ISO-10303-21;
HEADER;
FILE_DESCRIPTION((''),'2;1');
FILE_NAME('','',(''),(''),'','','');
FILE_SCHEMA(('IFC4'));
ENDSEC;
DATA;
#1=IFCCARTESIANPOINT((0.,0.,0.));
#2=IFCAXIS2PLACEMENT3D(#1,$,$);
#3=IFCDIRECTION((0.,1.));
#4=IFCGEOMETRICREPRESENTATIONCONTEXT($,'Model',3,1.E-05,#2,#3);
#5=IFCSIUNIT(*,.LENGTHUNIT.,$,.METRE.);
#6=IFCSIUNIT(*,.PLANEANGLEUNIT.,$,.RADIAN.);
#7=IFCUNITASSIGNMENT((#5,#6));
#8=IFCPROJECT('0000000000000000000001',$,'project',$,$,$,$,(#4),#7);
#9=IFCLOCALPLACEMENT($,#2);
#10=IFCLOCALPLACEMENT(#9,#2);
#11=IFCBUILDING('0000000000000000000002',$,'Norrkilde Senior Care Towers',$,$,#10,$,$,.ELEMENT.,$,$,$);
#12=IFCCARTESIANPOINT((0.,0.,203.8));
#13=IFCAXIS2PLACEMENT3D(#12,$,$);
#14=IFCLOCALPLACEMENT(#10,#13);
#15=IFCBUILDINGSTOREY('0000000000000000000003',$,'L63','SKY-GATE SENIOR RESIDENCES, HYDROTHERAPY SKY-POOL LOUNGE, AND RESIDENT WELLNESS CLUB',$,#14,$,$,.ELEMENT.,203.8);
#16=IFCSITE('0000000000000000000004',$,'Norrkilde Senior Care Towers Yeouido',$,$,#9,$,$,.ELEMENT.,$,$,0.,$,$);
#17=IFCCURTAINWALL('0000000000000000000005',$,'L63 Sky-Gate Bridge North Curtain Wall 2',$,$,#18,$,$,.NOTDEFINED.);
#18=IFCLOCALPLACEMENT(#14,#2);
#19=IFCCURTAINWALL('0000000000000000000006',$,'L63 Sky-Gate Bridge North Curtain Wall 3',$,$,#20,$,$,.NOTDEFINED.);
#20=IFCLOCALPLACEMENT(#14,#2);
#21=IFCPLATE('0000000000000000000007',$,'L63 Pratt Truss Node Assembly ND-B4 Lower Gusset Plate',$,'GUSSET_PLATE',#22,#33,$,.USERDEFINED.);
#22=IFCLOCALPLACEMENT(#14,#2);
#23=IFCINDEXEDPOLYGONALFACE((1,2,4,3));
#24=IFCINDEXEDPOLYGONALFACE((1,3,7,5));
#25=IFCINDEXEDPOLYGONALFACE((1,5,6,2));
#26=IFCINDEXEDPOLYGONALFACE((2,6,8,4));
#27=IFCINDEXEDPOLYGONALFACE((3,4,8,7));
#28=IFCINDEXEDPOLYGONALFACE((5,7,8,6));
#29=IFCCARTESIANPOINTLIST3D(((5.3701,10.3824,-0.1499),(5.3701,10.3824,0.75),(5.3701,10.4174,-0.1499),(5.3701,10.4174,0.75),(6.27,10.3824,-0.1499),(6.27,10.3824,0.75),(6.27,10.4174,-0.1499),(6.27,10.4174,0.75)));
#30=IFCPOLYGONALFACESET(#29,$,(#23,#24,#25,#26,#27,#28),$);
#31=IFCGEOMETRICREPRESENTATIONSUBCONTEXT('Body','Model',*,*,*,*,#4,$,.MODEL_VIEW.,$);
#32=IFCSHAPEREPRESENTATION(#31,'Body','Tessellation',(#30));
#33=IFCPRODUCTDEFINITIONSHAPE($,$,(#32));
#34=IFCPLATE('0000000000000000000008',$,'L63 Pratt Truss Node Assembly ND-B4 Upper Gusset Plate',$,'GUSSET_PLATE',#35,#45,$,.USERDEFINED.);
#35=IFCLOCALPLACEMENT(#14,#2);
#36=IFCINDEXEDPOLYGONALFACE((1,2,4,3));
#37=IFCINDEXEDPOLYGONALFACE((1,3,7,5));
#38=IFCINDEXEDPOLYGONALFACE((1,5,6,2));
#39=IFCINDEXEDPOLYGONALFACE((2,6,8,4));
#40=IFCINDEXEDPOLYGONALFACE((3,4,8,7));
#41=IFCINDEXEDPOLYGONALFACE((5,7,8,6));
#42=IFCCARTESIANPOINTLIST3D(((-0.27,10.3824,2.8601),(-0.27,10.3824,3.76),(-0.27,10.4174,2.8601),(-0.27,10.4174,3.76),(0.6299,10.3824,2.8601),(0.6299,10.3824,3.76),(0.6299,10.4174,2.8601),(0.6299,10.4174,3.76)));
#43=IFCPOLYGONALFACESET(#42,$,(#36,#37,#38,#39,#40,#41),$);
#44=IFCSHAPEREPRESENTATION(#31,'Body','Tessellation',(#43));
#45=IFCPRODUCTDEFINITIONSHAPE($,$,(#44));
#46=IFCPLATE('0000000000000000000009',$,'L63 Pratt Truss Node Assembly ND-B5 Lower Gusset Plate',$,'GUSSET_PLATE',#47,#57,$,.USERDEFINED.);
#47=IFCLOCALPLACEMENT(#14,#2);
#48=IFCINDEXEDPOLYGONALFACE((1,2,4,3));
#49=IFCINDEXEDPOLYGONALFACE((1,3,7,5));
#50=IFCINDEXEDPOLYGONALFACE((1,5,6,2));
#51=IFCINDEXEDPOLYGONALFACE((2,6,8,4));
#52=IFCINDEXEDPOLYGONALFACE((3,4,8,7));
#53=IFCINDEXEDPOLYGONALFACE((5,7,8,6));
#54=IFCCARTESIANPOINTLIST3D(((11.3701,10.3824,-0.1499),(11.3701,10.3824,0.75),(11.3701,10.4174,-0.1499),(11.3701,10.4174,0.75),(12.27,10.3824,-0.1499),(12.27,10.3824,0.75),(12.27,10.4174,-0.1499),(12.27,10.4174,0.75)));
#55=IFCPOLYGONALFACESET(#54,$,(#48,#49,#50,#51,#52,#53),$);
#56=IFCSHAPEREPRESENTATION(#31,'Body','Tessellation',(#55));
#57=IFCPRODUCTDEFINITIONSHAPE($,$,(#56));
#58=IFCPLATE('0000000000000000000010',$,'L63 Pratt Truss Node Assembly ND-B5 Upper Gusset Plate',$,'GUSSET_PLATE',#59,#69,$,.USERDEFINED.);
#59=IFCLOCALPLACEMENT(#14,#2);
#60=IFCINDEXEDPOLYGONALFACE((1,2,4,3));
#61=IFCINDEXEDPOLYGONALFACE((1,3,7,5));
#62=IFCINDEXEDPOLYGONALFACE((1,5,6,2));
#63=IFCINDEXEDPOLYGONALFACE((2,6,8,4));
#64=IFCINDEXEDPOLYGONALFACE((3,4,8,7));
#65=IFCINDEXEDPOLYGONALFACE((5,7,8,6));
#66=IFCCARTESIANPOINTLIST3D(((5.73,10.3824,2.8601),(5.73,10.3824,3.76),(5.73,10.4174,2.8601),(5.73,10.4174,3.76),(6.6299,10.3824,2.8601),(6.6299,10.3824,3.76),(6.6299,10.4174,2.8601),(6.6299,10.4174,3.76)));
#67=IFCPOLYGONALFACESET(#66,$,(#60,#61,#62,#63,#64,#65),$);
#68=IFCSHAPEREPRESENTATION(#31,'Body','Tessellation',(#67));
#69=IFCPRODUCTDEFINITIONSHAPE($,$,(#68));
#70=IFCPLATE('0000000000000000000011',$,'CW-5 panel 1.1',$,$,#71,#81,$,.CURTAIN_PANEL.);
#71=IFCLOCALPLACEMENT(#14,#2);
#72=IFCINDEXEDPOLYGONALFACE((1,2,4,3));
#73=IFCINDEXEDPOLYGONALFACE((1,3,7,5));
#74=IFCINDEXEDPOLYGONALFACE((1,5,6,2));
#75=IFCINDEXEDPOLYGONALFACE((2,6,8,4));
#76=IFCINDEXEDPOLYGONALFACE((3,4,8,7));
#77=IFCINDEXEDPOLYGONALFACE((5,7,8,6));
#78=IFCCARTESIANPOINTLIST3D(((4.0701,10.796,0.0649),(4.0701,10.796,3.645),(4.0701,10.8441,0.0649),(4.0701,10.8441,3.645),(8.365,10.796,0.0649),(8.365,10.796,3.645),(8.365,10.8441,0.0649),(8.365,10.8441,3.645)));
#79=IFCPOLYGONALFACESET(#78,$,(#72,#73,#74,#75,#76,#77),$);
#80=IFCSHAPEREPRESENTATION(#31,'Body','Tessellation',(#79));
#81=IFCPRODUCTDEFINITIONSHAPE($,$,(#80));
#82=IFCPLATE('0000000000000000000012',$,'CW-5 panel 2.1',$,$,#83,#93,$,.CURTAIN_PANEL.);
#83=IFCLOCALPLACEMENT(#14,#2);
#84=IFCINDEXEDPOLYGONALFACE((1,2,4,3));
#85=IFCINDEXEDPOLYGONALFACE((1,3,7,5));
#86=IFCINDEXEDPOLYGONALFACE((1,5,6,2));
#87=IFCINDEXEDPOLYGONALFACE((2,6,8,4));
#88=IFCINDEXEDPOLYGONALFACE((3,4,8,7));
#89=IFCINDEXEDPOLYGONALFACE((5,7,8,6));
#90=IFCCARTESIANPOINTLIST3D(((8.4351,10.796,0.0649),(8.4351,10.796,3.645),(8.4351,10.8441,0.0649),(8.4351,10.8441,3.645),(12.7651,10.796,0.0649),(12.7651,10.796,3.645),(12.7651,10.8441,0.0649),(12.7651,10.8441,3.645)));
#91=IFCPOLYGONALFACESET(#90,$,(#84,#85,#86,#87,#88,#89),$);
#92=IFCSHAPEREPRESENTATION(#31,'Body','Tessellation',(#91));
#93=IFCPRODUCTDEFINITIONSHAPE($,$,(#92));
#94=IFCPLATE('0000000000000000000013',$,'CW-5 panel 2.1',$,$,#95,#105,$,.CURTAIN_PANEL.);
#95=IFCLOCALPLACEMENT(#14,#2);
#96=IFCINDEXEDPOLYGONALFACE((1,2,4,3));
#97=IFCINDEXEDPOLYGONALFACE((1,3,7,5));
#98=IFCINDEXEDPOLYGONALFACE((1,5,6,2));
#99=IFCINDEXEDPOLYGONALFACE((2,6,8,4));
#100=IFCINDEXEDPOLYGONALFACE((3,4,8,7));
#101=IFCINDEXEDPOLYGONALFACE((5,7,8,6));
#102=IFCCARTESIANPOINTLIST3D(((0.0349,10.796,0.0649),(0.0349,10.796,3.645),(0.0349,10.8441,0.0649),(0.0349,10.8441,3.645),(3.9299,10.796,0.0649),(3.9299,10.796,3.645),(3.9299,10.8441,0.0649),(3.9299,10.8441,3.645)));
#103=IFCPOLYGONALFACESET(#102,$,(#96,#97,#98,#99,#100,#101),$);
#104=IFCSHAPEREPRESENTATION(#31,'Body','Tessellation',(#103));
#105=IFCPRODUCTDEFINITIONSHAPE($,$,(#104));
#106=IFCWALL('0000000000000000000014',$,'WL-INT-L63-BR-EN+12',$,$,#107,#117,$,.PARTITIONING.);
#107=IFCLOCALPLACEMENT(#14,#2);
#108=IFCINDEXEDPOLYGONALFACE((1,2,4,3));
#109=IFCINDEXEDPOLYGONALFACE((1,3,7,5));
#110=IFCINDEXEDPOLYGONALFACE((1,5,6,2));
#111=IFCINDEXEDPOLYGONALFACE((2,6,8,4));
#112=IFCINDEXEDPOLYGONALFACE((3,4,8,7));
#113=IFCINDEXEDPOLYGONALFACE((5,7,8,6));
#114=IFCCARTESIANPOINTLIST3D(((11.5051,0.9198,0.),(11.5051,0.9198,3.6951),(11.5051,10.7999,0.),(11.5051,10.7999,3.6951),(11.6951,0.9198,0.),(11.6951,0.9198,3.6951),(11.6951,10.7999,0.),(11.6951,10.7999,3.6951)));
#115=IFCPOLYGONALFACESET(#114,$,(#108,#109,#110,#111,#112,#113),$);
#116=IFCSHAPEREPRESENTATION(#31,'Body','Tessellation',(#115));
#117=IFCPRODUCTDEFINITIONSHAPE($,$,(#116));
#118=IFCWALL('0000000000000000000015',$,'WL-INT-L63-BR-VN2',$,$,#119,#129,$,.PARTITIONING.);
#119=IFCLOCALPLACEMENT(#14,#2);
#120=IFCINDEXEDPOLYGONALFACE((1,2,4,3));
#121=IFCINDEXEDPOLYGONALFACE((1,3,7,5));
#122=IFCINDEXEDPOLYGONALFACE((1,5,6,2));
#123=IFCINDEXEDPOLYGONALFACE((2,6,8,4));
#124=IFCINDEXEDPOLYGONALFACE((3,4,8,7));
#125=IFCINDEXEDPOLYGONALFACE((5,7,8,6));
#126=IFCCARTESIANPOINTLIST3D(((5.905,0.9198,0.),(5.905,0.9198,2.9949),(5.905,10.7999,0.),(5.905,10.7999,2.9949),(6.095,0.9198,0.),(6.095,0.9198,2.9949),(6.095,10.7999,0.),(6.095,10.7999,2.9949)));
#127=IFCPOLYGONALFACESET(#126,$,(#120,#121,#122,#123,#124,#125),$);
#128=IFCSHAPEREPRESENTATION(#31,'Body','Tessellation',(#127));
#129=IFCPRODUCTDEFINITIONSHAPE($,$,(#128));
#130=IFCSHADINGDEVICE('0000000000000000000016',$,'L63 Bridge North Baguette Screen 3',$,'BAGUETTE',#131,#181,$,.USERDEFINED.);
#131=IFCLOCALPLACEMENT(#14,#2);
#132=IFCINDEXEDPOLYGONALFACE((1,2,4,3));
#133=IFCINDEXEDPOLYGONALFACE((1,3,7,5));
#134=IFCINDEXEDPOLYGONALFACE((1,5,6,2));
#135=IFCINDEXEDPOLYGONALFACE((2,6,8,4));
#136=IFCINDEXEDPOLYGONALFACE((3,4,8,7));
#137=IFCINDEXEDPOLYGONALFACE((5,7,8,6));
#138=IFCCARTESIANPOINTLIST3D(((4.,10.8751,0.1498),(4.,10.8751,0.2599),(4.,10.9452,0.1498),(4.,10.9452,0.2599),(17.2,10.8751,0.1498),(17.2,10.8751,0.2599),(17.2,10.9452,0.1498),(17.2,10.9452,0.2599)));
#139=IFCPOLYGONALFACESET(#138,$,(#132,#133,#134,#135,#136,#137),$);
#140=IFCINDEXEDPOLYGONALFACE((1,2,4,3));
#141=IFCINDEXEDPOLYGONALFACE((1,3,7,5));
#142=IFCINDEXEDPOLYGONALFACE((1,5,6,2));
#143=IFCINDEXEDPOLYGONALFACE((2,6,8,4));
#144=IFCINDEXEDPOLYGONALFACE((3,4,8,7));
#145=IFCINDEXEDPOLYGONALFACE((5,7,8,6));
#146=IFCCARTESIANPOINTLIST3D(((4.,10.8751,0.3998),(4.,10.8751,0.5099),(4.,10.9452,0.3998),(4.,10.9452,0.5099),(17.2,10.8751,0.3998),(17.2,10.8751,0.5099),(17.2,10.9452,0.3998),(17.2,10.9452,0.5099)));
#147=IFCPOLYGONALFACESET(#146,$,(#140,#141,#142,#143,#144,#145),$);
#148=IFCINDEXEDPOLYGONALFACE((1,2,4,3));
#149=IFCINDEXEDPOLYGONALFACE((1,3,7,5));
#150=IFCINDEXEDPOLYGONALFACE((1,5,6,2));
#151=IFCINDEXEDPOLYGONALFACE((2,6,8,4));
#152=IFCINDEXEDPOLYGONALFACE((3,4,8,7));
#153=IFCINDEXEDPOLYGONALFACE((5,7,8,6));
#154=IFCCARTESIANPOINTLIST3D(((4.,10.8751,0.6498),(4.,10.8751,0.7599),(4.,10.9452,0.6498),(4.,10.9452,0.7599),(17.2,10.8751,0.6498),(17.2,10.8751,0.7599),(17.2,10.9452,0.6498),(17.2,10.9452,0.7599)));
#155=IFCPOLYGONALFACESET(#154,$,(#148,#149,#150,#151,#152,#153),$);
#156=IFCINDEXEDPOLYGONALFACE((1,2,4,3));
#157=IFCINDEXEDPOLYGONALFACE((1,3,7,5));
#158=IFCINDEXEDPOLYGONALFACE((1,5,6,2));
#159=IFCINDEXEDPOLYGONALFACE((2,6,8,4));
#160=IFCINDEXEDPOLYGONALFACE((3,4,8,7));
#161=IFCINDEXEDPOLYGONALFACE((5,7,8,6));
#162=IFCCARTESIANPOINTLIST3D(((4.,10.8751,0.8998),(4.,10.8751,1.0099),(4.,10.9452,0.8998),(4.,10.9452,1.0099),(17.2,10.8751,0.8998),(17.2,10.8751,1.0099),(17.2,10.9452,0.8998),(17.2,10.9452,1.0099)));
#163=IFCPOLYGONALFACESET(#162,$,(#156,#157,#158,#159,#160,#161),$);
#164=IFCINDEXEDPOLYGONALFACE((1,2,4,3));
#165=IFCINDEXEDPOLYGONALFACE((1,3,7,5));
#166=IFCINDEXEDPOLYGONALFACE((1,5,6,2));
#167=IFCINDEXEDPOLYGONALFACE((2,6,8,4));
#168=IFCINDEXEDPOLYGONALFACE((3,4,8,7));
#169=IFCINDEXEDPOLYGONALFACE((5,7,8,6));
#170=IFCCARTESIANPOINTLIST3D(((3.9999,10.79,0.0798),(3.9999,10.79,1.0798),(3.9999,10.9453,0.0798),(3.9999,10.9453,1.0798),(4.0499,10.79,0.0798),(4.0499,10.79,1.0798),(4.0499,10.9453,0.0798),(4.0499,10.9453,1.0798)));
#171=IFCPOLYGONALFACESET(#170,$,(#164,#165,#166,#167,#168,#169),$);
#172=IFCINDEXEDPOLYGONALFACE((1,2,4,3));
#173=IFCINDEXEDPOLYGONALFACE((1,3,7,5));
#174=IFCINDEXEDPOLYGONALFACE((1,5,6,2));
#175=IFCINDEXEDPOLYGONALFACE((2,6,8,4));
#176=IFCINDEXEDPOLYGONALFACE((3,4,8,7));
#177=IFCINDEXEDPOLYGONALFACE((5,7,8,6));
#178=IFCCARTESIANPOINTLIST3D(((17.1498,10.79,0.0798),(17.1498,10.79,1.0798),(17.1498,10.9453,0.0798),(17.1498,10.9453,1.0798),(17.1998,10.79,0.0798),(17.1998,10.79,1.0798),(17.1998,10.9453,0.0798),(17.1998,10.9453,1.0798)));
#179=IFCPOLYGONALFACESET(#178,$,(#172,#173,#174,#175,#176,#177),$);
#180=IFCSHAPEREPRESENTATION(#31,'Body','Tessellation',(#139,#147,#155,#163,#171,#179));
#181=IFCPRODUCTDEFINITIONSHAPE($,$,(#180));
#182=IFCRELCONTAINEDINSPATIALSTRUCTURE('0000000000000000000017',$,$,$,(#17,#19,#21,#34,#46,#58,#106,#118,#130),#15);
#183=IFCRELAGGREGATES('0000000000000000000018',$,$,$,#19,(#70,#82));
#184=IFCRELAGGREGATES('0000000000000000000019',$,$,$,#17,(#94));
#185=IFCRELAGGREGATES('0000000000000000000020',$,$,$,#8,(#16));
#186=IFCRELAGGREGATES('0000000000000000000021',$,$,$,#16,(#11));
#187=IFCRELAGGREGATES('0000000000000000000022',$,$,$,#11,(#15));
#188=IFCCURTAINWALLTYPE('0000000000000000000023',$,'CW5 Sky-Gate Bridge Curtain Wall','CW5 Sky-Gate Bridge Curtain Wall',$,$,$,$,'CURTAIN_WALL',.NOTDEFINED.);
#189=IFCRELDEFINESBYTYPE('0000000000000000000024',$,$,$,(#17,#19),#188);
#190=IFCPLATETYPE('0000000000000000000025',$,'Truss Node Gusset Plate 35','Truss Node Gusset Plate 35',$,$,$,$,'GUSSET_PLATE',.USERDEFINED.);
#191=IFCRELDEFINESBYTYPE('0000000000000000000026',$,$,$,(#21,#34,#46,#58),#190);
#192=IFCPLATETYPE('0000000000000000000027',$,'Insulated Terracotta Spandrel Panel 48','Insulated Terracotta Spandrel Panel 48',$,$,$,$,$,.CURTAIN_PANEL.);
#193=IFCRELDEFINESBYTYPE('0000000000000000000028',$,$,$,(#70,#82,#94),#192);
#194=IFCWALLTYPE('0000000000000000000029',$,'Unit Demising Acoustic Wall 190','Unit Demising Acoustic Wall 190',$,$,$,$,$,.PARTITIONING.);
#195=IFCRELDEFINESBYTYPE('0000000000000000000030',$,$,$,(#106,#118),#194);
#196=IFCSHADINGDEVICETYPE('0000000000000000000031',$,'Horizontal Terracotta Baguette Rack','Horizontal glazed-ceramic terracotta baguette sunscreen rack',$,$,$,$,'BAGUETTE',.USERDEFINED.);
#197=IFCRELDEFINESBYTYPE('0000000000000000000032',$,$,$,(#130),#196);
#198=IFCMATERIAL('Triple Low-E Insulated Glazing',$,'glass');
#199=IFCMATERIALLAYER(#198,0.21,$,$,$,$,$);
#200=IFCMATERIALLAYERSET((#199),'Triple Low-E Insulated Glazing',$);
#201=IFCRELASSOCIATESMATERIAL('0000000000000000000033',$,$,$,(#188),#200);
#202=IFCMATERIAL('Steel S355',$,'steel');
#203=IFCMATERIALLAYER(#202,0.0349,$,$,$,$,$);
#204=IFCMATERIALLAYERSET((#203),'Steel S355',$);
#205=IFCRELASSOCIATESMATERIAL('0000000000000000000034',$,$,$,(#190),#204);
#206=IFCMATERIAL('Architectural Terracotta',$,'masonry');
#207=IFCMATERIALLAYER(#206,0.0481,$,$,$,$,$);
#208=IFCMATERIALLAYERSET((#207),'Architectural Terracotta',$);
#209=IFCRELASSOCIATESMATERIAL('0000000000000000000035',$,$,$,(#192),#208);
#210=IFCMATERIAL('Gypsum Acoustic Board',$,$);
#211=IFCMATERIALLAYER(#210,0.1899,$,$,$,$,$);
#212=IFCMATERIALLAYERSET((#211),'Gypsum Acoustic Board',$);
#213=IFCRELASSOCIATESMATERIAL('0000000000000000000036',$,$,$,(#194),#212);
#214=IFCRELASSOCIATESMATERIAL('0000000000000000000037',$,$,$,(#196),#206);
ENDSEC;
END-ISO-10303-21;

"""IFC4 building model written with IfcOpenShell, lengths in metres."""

from ifc_helpers import new_model, si_unit, direction, frame, frame_2d, origin, origin_2d, place, context, subcontext, project, spatial, rectangle, extrude, source, transform, mapped, material, layer, layer_set, type_object, type_shapes, element, aggregate, save


model = new_model("IFC4")

# Units and contexts
model_context = context("Model", 3, precision=1e-05, world=origin(), true_north=direction((0.0, 1.0)))
body_context = subcontext(model_context, "Body", "Model", "MODEL_VIEW")
ifc_project = project(units=[si_unit("LENGTHUNIT", "METRE"), si_unit("PLANEANGLEUNIT", "RADIAN")], contexts=[model_context])

# Site, building, storey
site_placement = place(None, origin())
site = spatial("IfcSite", under=ifc_project, at=site_placement, Name="Norrkilde Senior Care Towers Yeouido", CompositionType="ELEMENT", RefElevation=0.0)
building_placement = place(site_placement, origin())
building = spatial("IfcBuilding", under=site, at=building_placement, Name="Norrkilde Senior Care Towers", CompositionType="ELEMENT")
storey_placement = place(building_placement, frame((0.0, 0.0, 203.8)))
storey = spatial("IfcBuildingStorey", under=building, at=storey_placement, Name="L63", Description="SKY-GATE SENIOR RESIDENCES, HYDROTHERAPY SKY-POOL LOUNGE, AND RESIDENT WELLNESS CLUB", CompositionType="ELEMENT", Elevation=203.8)

# Shared definitions
ifc_material_1 = material(Name="Steel S355", Category="steel")

# Curtain wall
ifc_material_2 = material(Name="Triple Low-E Insulated Glazing", Category="glass")
ifc_layer_1 = layer(ifc_material_2, 0.21)
ifc_layer_set_1 = layer_set([ifc_layer_1], Name="Triple Low-E Insulated Glazing")
curtain_wall_type = type_object("IfcCurtainWallType", Name="CW5 Sky-Gate Bridge Curtain Wall", Description="CW5 Sky-Gate Bridge Curtain Wall", ElementType="CURTAIN_WALL", PredefinedType="NOTDEFINED", material=ifc_layer_set_1)
curtain_wall_1_placement = place(storey_placement, origin())
curtain_wall_1 = element("IfcCurtainWall", 1, at=curtain_wall_1_placement, inside=storey, type_object=curtain_wall_type, Name="L63 Sky-Gate Bridge North Curtain Wall 2", PredefinedType="NOTDEFINED")

# Curtain wall
curtain_wall_2_placement = place(storey_placement, origin())
curtain_wall_2 = element("IfcCurtainWall", 2, at=curtain_wall_2_placement, inside=storey, type_object=curtain_wall_type, Name="L63 Sky-Gate Bridge North Curtain Wall 3", PredefinedType="NOTDEFINED")

# Plates
ifc_layer_2 = layer(ifc_material_1, 0.0349)
ifc_layer_set_2 = layer_set([ifc_layer_2], Name="Steel S355")
plate_type_1 = type_object("IfcPlateType", Name="Truss Node Gusset Plate 35", Description="Truss Node Gusset Plate 35", ElementType="GUSSET_PLATE", PredefinedType="USERDEFINED", material=ifc_layer_set_2)
shared_shape_1 = source(origin(), body_context, "Body", "SweptSolid", [
    extrude(rectangle(XDim=0.8999, YDim=0.0349, at=origin_2d()), origin(), (0.0, 0.0, 1.0), 0.8999),
])
type_shapes(plate_type_1, [shared_shape_1])
for number, where, z_axis, x_axis, name in (
    (3, (5.8201, 10.3999, -0.1499), (0.0, 0.0, 1.0), (1.0, 0.0, 0.0), "L63 Pratt Truss Node Assembly ND-B4 Lower Gusset Plate"),
    (4, (0.1799, 10.3999, 2.8601), (0.0, 0.0, 1.0), (1.0, 0.0, 0.0), "L63 Pratt Truss Node Assembly ND-B4 Upper Gusset Plate"),
    (5, (11.8201, 10.3999, -0.1499), (0.0, 0.0, 1.0), (1.0, 0.0, 0.0), "L63 Pratt Truss Node Assembly ND-B5 Lower Gusset Plate"),
    (6, (6.1799, 10.3999, 2.8601), (0.0, 0.0, 1.0), (1.0, 0.0, 0.0), "L63 Pratt Truss Node Assembly ND-B5 Upper Gusset Plate"),
):
    element("IfcPlate", number, at=place(storey_placement, frame(where, z_axis=z_axis, x_axis=x_axis)), inside=storey, type_object=plate_type_1, Name=name, ObjectType="GUSSET_PLATE", PredefinedType="USERDEFINED", context=body_context, shape_type="MappedRepresentation", body=[
        mapped(shared_shape_1, transform((0.0, 0.0, 0.0), x_axis=(1.0, 0.0, 0.0), y_axis=(0.0, 1.0, 0.0), z_axis=(0.0, 0.0, 1.0), scale=1.0)),
    ])

# Plates
ifc_material_3 = material(Name="Architectural Terracotta", Category="masonry")
ifc_layer_3 = layer(ifc_material_3, 0.0481)
ifc_layer_set_3 = layer_set([ifc_layer_3], Name="Architectural Terracotta")
plate_type_2 = type_object("IfcPlateType", Name="Insulated Terracotta Spandrel Panel 48", Description="Insulated Terracotta Spandrel Panel 48", PredefinedType="CURTAIN_PANEL", material=ifc_layer_set_3)
shared_shape_2 = source(origin(), body_context, "Body", "SweptSolid", [
    extrude(rectangle(XDim=4.2949, YDim=0.0481, at=origin_2d()), origin(), (0.0, 0.0, 1.0), 3.5801),
])
plate_1_placement = place(storey_placement, frame((6.2175, 10.8201, 0.0649), z_axis=(0.0, 0.0, 1.0), x_axis=(1.0, 0.0, 0.0)))
plate_1 = element("IfcPlate", 7, at=plate_1_placement, type_object=plate_type_2, Name="CW-5 panel 1.1", PredefinedType="CURTAIN_PANEL", context=body_context, shape_type="MappedRepresentation", body=[
    mapped(shared_shape_2, transform((0.0, 0.0, 0.0), x_axis=(1.0, 0.0, 0.0), y_axis=(0.0, 1.0, 0.0), z_axis=(0.0, 0.0, 1.0), scale=1.0)),
])
shared_shape_3 = source(origin(), body_context, "Body", "SweptSolid", [
    extrude(rectangle(XDim=4.3301, YDim=0.0481, at=origin_2d()), origin(), (0.0, 0.0, 1.0), 3.5801),
])
plate_2_placement = place(storey_placement, frame((10.6001, 10.8201, 0.0649), z_axis=(0.0, 0.0, 1.0), x_axis=(1.0, 0.0, 0.0)))
plate_2 = element("IfcPlate", 8, at=plate_2_placement, type_object=plate_type_2, Name="CW-5 panel 2.1", PredefinedType="CURTAIN_PANEL", context=body_context, shape_type="MappedRepresentation", body=[
    mapped(shared_shape_3, transform((0.0, 0.0, 0.0), x_axis=(1.0, 0.0, 0.0), y_axis=(0.0, 1.0, 0.0), z_axis=(0.0, 0.0, 1.0), scale=1.0)),
])
aggregate(curtain_wall_2, [plate_1, plate_2])
shared_shape_4 = source(origin(), body_context, "Body", "SweptSolid", [
    extrude(rectangle(XDim=3.895, YDim=0.0481, at=origin_2d()), origin(), (0.0, 0.0, 1.0), 3.5801),
])
type_shapes(plate_type_2, [shared_shape_2, shared_shape_3, shared_shape_4])
plate_3_placement = place(storey_placement, frame((1.9824, 10.8201, 0.0649), z_axis=(0.0, 0.0, 1.0), x_axis=(1.0, 0.0, 0.0)))
plate_3 = element("IfcPlate", 9, at=plate_3_placement, type_object=plate_type_2, Name="CW-5 panel 2.1", PredefinedType="CURTAIN_PANEL", context=body_context, shape_type="MappedRepresentation", body=[
    mapped(shared_shape_4, transform((0.0, 0.0, 0.0), x_axis=(1.0, 0.0, 0.0), y_axis=(0.0, 1.0, 0.0), z_axis=(0.0, 0.0, 1.0), scale=1.0)),
])
aggregate(curtain_wall_1, [plate_3])

# Walls
ifc_material_4 = material(Name="Gypsum Acoustic Board")
ifc_layer_4 = layer(ifc_material_4, 0.1899)
ifc_layer_set_4 = layer_set([ifc_layer_4], Name="Gypsum Acoustic Board")
wall_type = type_object("IfcWallType", Name="Unit Demising Acoustic Wall 190", Description="Unit Demising Acoustic Wall 190", PredefinedType="PARTITIONING", material=ifc_layer_set_4)
shared_shape_5 = source(origin(), body_context, "Body", "SweptSolid", [
    extrude(rectangle(XDim=9.8801, YDim=0.1899, at=frame_2d((4.9399, 0.0))), origin(), (0.0, 0.0, 1.0), 3.6951),
])
wall_1_placement = place(storey_placement, frame((11.6001, 0.9199, 0.0), z_axis=(0.0, 0.0, 1.0), x_axis=(0.0, 1.0, 0.0)))
element("IfcWall", 10, at=wall_1_placement, inside=storey, type_object=wall_type, Name="WL-INT-L63-BR-EN+12", PredefinedType="PARTITIONING", context=body_context, shape_type="MappedRepresentation", body=[
    mapped(shared_shape_5, transform((0.0, 0.0, 0.0), x_axis=(1.0, 0.0, 0.0), y_axis=(0.0, 1.0, 0.0), z_axis=(0.0, 0.0, 1.0), scale=1.0)),
])
shared_shape_6 = source(origin(), body_context, "Body", "SweptSolid", [
    extrude(rectangle(XDim=9.8801, YDim=0.1899, at=frame_2d((4.9399, 0.0))), origin(), (0.0, 0.0, 1.0), 2.9949),
])
type_shapes(wall_type, [shared_shape_5, shared_shape_6])
wall_2_placement = place(storey_placement, frame((6.0, 0.9199, 0.0), z_axis=(0.0, 0.0, 1.0), x_axis=(0.0, 1.0, 0.0)))
element("IfcWall", 11, at=wall_2_placement, inside=storey, type_object=wall_type, Name="WL-INT-L63-BR-VN2", PredefinedType="PARTITIONING", context=body_context, shape_type="MappedRepresentation", body=[
    mapped(shared_shape_6, transform((0.0, 0.0, 0.0), x_axis=(1.0, 0.0, 0.0), y_axis=(0.0, 1.0, 0.0), z_axis=(0.0, 0.0, 1.0), scale=1.0)),
])

# Shading device
shading_device_type = type_object("IfcShadingDeviceType", Name="Horizontal Terracotta Baguette Rack", Description="Horizontal glazed-ceramic terracotta baguette sunscreen rack", ElementType="BAGUETTE", PredefinedType="USERDEFINED", material=ifc_material_3)
shared_shape_7 = source(origin(), body_context, "Body", "SweptSolid", [
    extrude(rectangle(XDim=0.0701, YDim=0.1101, at=origin_2d()), frame((0.0, 0.0901, 0.125), z_axis=(1.0, 0.0, 0.0), x_axis=(0.0, 1.0, 0.0)), (0.0, 0.0, 1.0), 13.2),
    extrude(rectangle(XDim=0.0701, YDim=0.1101, at=origin_2d()), frame((0.0, 0.0901, 0.375), z_axis=(1.0, 0.0, 0.0), x_axis=(0.0, 1.0, 0.0)), (0.0, 0.0, 1.0), 13.2),
    extrude(rectangle(XDim=0.0701, YDim=0.1101, at=origin_2d()), frame((0.0, 0.0901, 0.625), z_axis=(1.0, 0.0, 0.0), x_axis=(0.0, 1.0, 0.0)), (0.0, 0.0, 1.0), 13.2),
    extrude(rectangle(XDim=0.0701, YDim=0.1101, at=origin_2d()), frame((0.0, 0.0901, 0.875), z_axis=(1.0, 0.0, 0.0), x_axis=(0.0, 1.0, 0.0)), (0.0, 0.0, 1.0), 13.2),
    extrude(rectangle(XDim=0.05, YDim=0.1553, at=origin_2d()), frame((0.0249, 0.0476, 0.0)), (0.0, 0.0, 1.0), 1.0),
    extrude(rectangle(XDim=0.05, YDim=0.1553, at=origin_2d()), frame((13.1748, 0.0476, 0.0)), (0.0, 0.0, 1.0), 1.0),
])
type_shapes(shading_device_type, [shared_shape_7])
shading_device_placement = place(storey_placement, frame((4.0, 10.8201, 0.0798), z_axis=(0.0, 0.0, 1.0), x_axis=(1.0, 0.0, 0.0)))
element("IfcShadingDevice", 12, at=shading_device_placement, inside=storey, type_object=shading_device_type, Name="L63 Bridge North Baguette Screen 3", ObjectType="BAGUETTE", PredefinedType="USERDEFINED", context=body_context, shape_type="MappedRepresentation", body=[
    mapped(shared_shape_7, transform((0.0, 0.0, 0.0), x_axis=(1.0, 0.0, 0.0), y_axis=(0.0, 1.0, 0.0), z_axis=(0.0, 0.0, 1.0), scale=1.0)),
])

save(model, "model.ifc")
